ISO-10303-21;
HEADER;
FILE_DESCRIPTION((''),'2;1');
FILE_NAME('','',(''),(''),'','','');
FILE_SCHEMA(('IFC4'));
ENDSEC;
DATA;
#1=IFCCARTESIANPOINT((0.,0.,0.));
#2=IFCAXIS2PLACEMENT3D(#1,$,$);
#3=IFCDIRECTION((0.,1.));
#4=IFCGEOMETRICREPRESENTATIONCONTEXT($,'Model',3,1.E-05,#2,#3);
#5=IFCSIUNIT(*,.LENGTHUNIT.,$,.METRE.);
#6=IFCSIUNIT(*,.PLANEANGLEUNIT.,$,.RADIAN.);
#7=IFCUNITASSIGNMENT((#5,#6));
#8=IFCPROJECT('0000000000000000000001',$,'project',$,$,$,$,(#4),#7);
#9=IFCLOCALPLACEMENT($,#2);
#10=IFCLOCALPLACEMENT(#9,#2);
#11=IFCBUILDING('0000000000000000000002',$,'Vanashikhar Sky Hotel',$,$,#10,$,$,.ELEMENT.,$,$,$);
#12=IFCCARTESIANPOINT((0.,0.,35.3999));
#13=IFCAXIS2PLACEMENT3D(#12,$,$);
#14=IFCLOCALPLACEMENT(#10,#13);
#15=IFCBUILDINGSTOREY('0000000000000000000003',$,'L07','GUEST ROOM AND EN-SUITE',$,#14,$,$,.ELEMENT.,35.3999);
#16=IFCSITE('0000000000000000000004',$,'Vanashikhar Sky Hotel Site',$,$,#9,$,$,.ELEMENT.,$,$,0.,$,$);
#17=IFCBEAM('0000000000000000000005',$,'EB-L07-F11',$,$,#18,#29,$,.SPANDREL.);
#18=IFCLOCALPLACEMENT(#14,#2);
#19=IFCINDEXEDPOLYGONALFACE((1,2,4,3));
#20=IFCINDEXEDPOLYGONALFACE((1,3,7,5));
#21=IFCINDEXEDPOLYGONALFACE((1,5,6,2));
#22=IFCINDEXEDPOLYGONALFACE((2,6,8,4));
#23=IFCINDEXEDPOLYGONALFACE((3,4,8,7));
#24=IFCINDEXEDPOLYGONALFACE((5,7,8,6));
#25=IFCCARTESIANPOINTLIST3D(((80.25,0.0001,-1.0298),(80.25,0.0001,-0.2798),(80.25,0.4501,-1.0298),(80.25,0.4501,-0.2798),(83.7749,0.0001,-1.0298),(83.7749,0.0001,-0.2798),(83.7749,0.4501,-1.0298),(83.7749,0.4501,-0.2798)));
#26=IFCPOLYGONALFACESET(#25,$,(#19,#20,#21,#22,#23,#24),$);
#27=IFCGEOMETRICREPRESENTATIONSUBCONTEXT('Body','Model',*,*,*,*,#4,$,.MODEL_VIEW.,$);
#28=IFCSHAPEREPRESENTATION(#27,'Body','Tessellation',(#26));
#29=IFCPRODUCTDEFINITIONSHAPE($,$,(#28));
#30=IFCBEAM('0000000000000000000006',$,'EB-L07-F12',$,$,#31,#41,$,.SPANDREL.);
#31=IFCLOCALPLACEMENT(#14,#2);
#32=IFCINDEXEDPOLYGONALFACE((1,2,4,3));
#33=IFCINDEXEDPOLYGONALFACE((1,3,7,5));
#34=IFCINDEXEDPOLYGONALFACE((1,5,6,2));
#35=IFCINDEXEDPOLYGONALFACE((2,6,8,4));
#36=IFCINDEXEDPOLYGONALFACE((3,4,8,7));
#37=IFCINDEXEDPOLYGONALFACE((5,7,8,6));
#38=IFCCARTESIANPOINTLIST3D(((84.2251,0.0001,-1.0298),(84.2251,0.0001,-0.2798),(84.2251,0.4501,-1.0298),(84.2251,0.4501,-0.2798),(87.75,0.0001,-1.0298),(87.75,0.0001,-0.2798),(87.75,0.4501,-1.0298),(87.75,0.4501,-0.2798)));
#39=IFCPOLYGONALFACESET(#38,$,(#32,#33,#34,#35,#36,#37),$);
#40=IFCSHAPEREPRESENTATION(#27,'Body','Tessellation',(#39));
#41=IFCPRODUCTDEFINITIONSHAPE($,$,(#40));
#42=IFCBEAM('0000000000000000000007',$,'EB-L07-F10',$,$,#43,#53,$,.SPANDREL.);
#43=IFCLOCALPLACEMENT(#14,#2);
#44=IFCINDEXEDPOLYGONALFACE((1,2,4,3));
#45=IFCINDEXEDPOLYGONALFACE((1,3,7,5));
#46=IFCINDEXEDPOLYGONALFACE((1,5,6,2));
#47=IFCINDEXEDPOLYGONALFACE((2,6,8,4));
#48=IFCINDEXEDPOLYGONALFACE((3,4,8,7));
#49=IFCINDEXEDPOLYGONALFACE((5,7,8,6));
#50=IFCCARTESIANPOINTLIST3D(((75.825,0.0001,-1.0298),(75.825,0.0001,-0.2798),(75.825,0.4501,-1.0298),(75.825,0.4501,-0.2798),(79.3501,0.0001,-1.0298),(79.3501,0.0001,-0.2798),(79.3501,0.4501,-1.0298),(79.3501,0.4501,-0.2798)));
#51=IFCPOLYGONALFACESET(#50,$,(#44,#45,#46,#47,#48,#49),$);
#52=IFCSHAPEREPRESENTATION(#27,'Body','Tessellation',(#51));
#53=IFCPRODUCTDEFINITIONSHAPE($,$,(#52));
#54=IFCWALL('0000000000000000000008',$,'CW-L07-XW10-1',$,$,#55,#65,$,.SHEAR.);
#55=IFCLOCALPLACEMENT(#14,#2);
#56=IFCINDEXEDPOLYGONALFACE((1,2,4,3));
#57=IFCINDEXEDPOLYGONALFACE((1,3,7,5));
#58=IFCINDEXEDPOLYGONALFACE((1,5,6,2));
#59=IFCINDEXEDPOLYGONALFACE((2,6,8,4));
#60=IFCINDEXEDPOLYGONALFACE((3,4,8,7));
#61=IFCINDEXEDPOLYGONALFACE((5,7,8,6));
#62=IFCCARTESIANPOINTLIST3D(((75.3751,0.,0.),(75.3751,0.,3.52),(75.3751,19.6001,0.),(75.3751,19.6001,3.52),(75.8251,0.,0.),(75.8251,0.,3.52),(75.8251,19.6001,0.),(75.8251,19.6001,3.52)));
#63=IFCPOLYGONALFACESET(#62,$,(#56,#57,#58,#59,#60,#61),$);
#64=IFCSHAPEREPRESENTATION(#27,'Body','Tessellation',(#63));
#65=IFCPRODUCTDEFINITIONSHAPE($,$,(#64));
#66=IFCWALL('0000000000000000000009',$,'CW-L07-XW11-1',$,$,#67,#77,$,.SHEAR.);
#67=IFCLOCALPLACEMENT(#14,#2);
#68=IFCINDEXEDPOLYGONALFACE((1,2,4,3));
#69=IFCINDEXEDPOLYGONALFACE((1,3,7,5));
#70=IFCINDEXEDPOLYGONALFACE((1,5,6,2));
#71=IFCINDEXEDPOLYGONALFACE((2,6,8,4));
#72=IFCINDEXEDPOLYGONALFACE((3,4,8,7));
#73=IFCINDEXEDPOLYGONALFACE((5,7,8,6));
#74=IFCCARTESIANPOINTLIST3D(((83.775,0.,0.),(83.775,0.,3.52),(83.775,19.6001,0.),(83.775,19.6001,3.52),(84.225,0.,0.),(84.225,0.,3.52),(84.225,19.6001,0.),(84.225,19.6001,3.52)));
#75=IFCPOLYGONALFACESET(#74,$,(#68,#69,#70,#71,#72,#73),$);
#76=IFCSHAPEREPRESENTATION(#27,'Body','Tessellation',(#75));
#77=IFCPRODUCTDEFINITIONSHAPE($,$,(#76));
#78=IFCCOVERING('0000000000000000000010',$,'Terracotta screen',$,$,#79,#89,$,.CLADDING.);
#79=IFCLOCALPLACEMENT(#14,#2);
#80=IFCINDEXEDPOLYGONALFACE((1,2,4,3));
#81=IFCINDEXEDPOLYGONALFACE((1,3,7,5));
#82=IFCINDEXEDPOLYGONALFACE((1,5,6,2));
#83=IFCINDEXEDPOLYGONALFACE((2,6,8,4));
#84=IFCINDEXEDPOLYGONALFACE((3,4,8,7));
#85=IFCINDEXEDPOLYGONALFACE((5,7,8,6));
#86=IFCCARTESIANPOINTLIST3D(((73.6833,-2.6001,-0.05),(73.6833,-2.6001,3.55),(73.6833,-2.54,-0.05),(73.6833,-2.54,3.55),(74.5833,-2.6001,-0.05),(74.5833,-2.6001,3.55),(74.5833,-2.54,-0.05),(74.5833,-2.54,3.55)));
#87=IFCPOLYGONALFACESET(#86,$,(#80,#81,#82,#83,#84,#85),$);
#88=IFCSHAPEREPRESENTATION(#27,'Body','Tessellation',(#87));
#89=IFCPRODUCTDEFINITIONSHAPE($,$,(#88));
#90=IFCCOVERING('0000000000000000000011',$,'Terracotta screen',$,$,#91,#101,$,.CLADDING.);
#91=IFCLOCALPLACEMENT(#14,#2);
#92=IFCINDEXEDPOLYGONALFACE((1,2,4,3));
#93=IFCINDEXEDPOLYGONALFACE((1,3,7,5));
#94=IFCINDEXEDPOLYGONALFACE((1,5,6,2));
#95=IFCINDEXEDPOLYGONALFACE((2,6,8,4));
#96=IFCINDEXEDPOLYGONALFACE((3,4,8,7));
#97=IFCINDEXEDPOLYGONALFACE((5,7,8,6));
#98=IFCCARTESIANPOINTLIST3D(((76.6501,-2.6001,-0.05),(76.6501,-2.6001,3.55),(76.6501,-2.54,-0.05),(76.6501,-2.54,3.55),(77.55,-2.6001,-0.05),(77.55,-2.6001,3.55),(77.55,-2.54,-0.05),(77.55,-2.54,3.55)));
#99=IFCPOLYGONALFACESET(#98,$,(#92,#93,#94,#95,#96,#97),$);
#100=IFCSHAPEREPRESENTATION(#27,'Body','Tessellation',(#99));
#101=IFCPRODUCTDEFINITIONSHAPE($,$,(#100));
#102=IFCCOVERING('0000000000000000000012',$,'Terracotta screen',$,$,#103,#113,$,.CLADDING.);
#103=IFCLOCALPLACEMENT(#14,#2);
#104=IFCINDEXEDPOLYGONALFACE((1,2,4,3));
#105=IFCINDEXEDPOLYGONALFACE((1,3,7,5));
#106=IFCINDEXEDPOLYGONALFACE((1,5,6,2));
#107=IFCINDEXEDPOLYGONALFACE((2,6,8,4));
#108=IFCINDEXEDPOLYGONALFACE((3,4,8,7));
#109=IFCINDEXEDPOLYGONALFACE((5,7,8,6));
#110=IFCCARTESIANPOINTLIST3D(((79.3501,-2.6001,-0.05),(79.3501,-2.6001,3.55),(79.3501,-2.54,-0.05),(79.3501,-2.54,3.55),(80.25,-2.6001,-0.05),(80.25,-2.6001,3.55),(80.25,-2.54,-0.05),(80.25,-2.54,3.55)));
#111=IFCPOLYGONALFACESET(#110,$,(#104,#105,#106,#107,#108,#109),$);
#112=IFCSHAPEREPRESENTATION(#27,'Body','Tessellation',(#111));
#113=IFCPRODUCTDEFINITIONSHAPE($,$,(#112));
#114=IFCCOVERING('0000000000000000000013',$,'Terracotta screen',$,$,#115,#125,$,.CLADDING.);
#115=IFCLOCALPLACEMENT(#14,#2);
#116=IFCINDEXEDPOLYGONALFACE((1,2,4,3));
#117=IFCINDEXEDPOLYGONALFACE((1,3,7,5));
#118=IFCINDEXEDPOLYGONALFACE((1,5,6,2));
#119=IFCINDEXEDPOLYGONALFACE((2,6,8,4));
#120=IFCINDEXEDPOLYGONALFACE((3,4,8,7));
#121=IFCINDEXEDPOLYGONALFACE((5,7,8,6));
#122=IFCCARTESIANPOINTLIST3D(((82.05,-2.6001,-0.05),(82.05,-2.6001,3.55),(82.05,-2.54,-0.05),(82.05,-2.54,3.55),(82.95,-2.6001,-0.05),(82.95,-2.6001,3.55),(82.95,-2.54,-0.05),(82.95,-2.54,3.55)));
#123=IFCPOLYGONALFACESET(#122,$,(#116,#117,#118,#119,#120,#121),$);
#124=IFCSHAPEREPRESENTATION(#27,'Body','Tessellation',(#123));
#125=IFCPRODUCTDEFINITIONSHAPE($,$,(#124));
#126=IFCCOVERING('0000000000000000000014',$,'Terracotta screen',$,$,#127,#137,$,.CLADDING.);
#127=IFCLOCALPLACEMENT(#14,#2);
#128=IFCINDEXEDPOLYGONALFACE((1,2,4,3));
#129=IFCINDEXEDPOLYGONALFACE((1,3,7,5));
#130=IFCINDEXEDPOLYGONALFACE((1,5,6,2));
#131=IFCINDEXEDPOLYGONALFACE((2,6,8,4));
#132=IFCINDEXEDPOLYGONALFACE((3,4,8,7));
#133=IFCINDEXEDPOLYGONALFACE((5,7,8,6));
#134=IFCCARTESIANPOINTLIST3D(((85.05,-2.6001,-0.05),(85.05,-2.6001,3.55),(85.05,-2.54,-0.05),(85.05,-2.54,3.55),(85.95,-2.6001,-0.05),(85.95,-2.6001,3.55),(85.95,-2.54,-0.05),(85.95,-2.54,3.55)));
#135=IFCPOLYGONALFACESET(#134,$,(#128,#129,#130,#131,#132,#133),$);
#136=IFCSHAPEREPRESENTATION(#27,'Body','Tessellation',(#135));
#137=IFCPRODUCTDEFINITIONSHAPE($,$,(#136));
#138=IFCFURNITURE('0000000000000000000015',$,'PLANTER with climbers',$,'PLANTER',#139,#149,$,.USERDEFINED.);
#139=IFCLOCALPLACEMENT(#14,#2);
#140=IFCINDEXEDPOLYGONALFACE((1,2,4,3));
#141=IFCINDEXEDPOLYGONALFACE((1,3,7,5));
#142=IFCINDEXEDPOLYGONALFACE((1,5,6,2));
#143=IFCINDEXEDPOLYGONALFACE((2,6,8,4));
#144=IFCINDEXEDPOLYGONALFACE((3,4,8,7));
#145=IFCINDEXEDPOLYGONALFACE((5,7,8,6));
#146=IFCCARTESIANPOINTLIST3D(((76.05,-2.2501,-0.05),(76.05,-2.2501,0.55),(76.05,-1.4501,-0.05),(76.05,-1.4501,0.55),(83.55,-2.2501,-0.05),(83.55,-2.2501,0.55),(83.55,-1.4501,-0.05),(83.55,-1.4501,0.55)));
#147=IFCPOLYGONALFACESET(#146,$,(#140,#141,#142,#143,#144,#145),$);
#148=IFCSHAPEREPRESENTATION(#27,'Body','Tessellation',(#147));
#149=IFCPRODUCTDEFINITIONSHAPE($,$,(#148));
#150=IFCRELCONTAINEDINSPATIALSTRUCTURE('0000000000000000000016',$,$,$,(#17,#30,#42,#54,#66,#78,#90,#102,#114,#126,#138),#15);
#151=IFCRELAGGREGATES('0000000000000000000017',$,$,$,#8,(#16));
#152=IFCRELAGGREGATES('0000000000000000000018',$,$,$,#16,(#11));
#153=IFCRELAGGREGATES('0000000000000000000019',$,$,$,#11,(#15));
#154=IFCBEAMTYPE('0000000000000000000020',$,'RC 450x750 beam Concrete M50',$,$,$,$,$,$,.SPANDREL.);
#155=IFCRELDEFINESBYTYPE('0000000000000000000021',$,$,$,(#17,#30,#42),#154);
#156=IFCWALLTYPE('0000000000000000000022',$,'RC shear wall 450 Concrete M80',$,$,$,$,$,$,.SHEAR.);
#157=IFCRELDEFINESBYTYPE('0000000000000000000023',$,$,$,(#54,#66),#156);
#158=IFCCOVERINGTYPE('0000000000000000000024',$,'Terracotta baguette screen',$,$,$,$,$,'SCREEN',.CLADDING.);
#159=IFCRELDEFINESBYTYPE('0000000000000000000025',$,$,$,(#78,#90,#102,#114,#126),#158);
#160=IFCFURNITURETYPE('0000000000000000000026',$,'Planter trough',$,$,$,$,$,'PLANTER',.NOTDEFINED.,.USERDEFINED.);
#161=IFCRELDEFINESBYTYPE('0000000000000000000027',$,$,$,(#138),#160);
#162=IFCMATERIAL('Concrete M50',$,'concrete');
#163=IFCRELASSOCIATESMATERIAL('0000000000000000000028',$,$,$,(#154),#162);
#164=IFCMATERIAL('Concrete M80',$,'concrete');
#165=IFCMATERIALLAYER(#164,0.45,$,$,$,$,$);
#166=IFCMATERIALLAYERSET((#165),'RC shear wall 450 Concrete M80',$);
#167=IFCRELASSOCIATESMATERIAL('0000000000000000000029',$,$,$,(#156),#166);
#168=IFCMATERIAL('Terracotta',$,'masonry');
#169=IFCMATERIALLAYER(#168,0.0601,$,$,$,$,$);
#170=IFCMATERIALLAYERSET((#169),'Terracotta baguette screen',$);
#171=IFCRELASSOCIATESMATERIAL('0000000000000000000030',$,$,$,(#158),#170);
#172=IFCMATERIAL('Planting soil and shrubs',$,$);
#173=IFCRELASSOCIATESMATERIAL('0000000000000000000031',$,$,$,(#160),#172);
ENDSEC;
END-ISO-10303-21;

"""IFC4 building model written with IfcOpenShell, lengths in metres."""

from ifc_helpers import new_model, si_unit, direction, frame, frame_2d, origin, origin_2d, place, context, subcontext, project, spatial, rectangle, extrude, source, transform, mapped, material, layer, layer_set, material_profile, profile_set, type_object, element, save


model = new_model("IFC4")

# Units and contexts
model_context = context("Model", 3, precision=1e-05, world=origin(), true_north=direction((0.0, 1.0)))
body_context = subcontext(model_context, "Body", "Model", "MODEL_VIEW")
ifc_project = project(units=[si_unit("LENGTHUNIT", "METRE"), si_unit("PLANEANGLEUNIT", "RADIAN")], contexts=[model_context])

# Site, building, storey
site_placement = place(None, origin())
site = spatial("IfcSite", under=ifc_project, at=site_placement, Name="Vanashikhar Sky Hotel Site", CompositionType="ELEMENT", RefElevation=0.0)
building_placement = place(site_placement, origin())
building = spatial("IfcBuilding", under=site, at=building_placement, Name="Vanashikhar Sky Hotel", CompositionType="ELEMENT")
storey_placement = place(building_placement, frame((0.0, 0.0, 35.3999)))
storey = spatial("IfcBuildingStorey", under=building, at=storey_placement, Name="L07", Description="GUEST ROOM AND EN-SUITE", CompositionType="ELEMENT", Elevation=35.3999)

# Beams
ifc_material_1 = material(Name="Concrete M50", Category="concrete")
ifc_material_profile = material_profile(ifc_material_1, rectangle(XDim=0.45, YDim=0.75, at=origin_2d()))
ifc_profile_set = profile_set([ifc_material_profile], Name="RC 450x750 beam Concrete M50")
beam_type = type_object("IfcBeamType", Name="RC 450x750 beam Concrete M50", PredefinedType="SPANDREL", material=ifc_profile_set)
shared_shape_1 = source(origin(), body_context, "Body", "SweptSolid", [
    extrude(rectangle(XDim=0.45, YDim=0.75, at=origin_2d()), origin(), (0.0, 0.0, 1.0), 3.5249),
])
for number, where, z_axis, x_axis, name in (
    (1, (80.25, 0.2251, -0.6548), (1.0, 0.0, 0.0), (0.0, 1.0, 0.0), "EB-L07-F11"),
    (2, (84.2251, 0.2251, -0.6548), (1.0, 0.0, 0.0), (0.0, 1.0, 0.0), "EB-L07-F12"),
):
    element("IfcBeam", number, at=place(storey_placement, frame(where, z_axis=z_axis, x_axis=x_axis)), inside=storey, type_object=beam_type, Name=name, PredefinedType="SPANDREL", context=body_context, shape_type="MappedRepresentation", body=[
        mapped(shared_shape_1, transform((0.0, 0.0, 0.0), scale=1.0)),
    ])
shared_shape_2 = source(origin(), body_context, "Body", "SweptSolid", [
    extrude(rectangle(XDim=0.45, YDim=0.75, at=origin_2d()), origin(), (0.0, 0.0, 1.0), 3.5251),
])
beam_placement = place(storey_placement, frame((75.825, 0.2251, -0.6548), z_axis=(1.0, 0.0, 0.0), x_axis=(0.0, 1.0, 0.0)))
element("IfcBeam", 3, at=beam_placement, inside=storey, type_object=beam_type, Name="EB-L07-F10", PredefinedType="SPANDREL", context=body_context, shape_type="MappedRepresentation", body=[
    mapped(shared_shape_2, transform((0.0, 0.0, 0.0), scale=1.0)),
])

# Walls
ifc_material_2 = material(Name="Concrete M80", Category="concrete")
ifc_layer_1 = layer(ifc_material_2, 0.45)
ifc_layer_set_1 = layer_set([ifc_layer_1], Name="RC shear wall 450 Concrete M80")
wall_type_1 = type_object("IfcWallType", Name="RC shear wall 450 Concrete M80", PredefinedType="SHEAR", material=ifc_layer_set_1)
shared_shape_3 = source(origin(), body_context, "Body", "SweptSolid", [
    extrude(rectangle(XDim=19.6001, YDim=0.45, at=frame_2d((9.8, 0.0))), origin(), (0.0, 0.0, 1.0), 3.52),
])
for number, where, z_axis, x_axis, name in (
    (4, (75.6001, 0.0, 0.0), (0.0, 0.0, 1.0), (0.0, 1.0, 0.0), "CW-L07-XW10-1"),
    (5, (84.0, 0.0, 0.0), (0.0, 0.0, 1.0), (0.0, 1.0, 0.0), "CW-L07-XW11-1"),
):
    element("IfcWall", number, at=place(storey_placement, frame(where, z_axis=z_axis, x_axis=x_axis)), inside=storey, type_object=wall_type_1, Name=name, PredefinedType="SHEAR", context=body_context, shape_type="MappedRepresentation", body=[
        mapped(shared_shape_3, transform((0.0, 0.0, 0.0), scale=1.0)),
    ])

# Coverings
ifc_material_3 = material(Name="Terracotta", Category="masonry")
ifc_layer_2 = layer(ifc_material_3, 0.0601)
ifc_layer_set_2 = layer_set([ifc_layer_2], Name="Terracotta baguette screen")
covering_type = type_object("IfcCoveringType", Name="Terracotta baguette screen", ElementType="SCREEN", PredefinedType="CLADDING", material=ifc_layer_set_2)
shared_shape_4 = source(origin(), body_context, "Body", "SweptSolid", [
    extrude(rectangle(XDim=0.8999, YDim=0.0601, at=origin_2d()), origin(), (0.0, 0.0, 1.0), 3.6001),
])
for number, where, z_axis, x_axis, name in (
    (6, (74.1333, -2.5701, -0.05), (0.0, 0.0, 1.0), (1.0, 0.0, 0.0), "Terracotta screen"),
    (7, (77.1001, -2.5701, -0.05), (0.0, 0.0, 1.0), (1.0, 0.0, 0.0), "Terracotta screen"),
    (8, (79.8, -2.5701, -0.05), (0.0, 0.0, 1.0), (1.0, 0.0, 0.0), "Terracotta screen"),
    (9, (82.5, -2.5701, -0.05), (0.0, 0.0, 1.0), (1.0, 0.0, 0.0), "Terracotta screen"),
    (10, (85.5, -2.5701, -0.05), (0.0, 0.0, 1.0), (1.0, 0.0, 0.0), "Terracotta screen"),
):
    element("IfcCovering", number, at=place(storey_placement, frame(where, z_axis=z_axis, x_axis=x_axis)), inside=storey, type_object=covering_type, Name=name, PredefinedType="CLADDING", context=body_context, shape_type="MappedRepresentation", body=[
        mapped(shared_shape_4, transform((0.0, 0.0, 0.0), scale=1.0)),
    ])

# Furniture
ifc_material_4 = material(Name="Planting soil and shrubs")
furniture_type = type_object("IfcFurnitureType", Name="Planter trough", ElementType="PLANTER", AssemblyPlace="NOTDEFINED", PredefinedType="USERDEFINED", material=ifc_material_4)
shared_shape_5 = source(origin(), body_context, "Body", "SweptSolid", [
    extrude(rectangle(XDim=7.5, YDim=0.8, at=origin_2d()), origin(), (0.0, 0.0, 1.0), 0.6001),
])
furniture_placement = place(storey_placement, frame((79.8, -1.8501, -0.05), z_axis=(0.0, 0.0, 1.0), x_axis=(1.0, 0.0, 0.0)))
element("IfcFurniture", 11, at=furniture_placement, inside=storey, type_object=furniture_type, Name="PLANTER with climbers", ObjectType="PLANTER", PredefinedType="USERDEFINED", context=body_context, shape_type="MappedRepresentation", body=[
    mapped(shared_shape_5, transform((0.0, 0.0, 0.0), scale=1.0)),
])

save(model, "model.ifc")
